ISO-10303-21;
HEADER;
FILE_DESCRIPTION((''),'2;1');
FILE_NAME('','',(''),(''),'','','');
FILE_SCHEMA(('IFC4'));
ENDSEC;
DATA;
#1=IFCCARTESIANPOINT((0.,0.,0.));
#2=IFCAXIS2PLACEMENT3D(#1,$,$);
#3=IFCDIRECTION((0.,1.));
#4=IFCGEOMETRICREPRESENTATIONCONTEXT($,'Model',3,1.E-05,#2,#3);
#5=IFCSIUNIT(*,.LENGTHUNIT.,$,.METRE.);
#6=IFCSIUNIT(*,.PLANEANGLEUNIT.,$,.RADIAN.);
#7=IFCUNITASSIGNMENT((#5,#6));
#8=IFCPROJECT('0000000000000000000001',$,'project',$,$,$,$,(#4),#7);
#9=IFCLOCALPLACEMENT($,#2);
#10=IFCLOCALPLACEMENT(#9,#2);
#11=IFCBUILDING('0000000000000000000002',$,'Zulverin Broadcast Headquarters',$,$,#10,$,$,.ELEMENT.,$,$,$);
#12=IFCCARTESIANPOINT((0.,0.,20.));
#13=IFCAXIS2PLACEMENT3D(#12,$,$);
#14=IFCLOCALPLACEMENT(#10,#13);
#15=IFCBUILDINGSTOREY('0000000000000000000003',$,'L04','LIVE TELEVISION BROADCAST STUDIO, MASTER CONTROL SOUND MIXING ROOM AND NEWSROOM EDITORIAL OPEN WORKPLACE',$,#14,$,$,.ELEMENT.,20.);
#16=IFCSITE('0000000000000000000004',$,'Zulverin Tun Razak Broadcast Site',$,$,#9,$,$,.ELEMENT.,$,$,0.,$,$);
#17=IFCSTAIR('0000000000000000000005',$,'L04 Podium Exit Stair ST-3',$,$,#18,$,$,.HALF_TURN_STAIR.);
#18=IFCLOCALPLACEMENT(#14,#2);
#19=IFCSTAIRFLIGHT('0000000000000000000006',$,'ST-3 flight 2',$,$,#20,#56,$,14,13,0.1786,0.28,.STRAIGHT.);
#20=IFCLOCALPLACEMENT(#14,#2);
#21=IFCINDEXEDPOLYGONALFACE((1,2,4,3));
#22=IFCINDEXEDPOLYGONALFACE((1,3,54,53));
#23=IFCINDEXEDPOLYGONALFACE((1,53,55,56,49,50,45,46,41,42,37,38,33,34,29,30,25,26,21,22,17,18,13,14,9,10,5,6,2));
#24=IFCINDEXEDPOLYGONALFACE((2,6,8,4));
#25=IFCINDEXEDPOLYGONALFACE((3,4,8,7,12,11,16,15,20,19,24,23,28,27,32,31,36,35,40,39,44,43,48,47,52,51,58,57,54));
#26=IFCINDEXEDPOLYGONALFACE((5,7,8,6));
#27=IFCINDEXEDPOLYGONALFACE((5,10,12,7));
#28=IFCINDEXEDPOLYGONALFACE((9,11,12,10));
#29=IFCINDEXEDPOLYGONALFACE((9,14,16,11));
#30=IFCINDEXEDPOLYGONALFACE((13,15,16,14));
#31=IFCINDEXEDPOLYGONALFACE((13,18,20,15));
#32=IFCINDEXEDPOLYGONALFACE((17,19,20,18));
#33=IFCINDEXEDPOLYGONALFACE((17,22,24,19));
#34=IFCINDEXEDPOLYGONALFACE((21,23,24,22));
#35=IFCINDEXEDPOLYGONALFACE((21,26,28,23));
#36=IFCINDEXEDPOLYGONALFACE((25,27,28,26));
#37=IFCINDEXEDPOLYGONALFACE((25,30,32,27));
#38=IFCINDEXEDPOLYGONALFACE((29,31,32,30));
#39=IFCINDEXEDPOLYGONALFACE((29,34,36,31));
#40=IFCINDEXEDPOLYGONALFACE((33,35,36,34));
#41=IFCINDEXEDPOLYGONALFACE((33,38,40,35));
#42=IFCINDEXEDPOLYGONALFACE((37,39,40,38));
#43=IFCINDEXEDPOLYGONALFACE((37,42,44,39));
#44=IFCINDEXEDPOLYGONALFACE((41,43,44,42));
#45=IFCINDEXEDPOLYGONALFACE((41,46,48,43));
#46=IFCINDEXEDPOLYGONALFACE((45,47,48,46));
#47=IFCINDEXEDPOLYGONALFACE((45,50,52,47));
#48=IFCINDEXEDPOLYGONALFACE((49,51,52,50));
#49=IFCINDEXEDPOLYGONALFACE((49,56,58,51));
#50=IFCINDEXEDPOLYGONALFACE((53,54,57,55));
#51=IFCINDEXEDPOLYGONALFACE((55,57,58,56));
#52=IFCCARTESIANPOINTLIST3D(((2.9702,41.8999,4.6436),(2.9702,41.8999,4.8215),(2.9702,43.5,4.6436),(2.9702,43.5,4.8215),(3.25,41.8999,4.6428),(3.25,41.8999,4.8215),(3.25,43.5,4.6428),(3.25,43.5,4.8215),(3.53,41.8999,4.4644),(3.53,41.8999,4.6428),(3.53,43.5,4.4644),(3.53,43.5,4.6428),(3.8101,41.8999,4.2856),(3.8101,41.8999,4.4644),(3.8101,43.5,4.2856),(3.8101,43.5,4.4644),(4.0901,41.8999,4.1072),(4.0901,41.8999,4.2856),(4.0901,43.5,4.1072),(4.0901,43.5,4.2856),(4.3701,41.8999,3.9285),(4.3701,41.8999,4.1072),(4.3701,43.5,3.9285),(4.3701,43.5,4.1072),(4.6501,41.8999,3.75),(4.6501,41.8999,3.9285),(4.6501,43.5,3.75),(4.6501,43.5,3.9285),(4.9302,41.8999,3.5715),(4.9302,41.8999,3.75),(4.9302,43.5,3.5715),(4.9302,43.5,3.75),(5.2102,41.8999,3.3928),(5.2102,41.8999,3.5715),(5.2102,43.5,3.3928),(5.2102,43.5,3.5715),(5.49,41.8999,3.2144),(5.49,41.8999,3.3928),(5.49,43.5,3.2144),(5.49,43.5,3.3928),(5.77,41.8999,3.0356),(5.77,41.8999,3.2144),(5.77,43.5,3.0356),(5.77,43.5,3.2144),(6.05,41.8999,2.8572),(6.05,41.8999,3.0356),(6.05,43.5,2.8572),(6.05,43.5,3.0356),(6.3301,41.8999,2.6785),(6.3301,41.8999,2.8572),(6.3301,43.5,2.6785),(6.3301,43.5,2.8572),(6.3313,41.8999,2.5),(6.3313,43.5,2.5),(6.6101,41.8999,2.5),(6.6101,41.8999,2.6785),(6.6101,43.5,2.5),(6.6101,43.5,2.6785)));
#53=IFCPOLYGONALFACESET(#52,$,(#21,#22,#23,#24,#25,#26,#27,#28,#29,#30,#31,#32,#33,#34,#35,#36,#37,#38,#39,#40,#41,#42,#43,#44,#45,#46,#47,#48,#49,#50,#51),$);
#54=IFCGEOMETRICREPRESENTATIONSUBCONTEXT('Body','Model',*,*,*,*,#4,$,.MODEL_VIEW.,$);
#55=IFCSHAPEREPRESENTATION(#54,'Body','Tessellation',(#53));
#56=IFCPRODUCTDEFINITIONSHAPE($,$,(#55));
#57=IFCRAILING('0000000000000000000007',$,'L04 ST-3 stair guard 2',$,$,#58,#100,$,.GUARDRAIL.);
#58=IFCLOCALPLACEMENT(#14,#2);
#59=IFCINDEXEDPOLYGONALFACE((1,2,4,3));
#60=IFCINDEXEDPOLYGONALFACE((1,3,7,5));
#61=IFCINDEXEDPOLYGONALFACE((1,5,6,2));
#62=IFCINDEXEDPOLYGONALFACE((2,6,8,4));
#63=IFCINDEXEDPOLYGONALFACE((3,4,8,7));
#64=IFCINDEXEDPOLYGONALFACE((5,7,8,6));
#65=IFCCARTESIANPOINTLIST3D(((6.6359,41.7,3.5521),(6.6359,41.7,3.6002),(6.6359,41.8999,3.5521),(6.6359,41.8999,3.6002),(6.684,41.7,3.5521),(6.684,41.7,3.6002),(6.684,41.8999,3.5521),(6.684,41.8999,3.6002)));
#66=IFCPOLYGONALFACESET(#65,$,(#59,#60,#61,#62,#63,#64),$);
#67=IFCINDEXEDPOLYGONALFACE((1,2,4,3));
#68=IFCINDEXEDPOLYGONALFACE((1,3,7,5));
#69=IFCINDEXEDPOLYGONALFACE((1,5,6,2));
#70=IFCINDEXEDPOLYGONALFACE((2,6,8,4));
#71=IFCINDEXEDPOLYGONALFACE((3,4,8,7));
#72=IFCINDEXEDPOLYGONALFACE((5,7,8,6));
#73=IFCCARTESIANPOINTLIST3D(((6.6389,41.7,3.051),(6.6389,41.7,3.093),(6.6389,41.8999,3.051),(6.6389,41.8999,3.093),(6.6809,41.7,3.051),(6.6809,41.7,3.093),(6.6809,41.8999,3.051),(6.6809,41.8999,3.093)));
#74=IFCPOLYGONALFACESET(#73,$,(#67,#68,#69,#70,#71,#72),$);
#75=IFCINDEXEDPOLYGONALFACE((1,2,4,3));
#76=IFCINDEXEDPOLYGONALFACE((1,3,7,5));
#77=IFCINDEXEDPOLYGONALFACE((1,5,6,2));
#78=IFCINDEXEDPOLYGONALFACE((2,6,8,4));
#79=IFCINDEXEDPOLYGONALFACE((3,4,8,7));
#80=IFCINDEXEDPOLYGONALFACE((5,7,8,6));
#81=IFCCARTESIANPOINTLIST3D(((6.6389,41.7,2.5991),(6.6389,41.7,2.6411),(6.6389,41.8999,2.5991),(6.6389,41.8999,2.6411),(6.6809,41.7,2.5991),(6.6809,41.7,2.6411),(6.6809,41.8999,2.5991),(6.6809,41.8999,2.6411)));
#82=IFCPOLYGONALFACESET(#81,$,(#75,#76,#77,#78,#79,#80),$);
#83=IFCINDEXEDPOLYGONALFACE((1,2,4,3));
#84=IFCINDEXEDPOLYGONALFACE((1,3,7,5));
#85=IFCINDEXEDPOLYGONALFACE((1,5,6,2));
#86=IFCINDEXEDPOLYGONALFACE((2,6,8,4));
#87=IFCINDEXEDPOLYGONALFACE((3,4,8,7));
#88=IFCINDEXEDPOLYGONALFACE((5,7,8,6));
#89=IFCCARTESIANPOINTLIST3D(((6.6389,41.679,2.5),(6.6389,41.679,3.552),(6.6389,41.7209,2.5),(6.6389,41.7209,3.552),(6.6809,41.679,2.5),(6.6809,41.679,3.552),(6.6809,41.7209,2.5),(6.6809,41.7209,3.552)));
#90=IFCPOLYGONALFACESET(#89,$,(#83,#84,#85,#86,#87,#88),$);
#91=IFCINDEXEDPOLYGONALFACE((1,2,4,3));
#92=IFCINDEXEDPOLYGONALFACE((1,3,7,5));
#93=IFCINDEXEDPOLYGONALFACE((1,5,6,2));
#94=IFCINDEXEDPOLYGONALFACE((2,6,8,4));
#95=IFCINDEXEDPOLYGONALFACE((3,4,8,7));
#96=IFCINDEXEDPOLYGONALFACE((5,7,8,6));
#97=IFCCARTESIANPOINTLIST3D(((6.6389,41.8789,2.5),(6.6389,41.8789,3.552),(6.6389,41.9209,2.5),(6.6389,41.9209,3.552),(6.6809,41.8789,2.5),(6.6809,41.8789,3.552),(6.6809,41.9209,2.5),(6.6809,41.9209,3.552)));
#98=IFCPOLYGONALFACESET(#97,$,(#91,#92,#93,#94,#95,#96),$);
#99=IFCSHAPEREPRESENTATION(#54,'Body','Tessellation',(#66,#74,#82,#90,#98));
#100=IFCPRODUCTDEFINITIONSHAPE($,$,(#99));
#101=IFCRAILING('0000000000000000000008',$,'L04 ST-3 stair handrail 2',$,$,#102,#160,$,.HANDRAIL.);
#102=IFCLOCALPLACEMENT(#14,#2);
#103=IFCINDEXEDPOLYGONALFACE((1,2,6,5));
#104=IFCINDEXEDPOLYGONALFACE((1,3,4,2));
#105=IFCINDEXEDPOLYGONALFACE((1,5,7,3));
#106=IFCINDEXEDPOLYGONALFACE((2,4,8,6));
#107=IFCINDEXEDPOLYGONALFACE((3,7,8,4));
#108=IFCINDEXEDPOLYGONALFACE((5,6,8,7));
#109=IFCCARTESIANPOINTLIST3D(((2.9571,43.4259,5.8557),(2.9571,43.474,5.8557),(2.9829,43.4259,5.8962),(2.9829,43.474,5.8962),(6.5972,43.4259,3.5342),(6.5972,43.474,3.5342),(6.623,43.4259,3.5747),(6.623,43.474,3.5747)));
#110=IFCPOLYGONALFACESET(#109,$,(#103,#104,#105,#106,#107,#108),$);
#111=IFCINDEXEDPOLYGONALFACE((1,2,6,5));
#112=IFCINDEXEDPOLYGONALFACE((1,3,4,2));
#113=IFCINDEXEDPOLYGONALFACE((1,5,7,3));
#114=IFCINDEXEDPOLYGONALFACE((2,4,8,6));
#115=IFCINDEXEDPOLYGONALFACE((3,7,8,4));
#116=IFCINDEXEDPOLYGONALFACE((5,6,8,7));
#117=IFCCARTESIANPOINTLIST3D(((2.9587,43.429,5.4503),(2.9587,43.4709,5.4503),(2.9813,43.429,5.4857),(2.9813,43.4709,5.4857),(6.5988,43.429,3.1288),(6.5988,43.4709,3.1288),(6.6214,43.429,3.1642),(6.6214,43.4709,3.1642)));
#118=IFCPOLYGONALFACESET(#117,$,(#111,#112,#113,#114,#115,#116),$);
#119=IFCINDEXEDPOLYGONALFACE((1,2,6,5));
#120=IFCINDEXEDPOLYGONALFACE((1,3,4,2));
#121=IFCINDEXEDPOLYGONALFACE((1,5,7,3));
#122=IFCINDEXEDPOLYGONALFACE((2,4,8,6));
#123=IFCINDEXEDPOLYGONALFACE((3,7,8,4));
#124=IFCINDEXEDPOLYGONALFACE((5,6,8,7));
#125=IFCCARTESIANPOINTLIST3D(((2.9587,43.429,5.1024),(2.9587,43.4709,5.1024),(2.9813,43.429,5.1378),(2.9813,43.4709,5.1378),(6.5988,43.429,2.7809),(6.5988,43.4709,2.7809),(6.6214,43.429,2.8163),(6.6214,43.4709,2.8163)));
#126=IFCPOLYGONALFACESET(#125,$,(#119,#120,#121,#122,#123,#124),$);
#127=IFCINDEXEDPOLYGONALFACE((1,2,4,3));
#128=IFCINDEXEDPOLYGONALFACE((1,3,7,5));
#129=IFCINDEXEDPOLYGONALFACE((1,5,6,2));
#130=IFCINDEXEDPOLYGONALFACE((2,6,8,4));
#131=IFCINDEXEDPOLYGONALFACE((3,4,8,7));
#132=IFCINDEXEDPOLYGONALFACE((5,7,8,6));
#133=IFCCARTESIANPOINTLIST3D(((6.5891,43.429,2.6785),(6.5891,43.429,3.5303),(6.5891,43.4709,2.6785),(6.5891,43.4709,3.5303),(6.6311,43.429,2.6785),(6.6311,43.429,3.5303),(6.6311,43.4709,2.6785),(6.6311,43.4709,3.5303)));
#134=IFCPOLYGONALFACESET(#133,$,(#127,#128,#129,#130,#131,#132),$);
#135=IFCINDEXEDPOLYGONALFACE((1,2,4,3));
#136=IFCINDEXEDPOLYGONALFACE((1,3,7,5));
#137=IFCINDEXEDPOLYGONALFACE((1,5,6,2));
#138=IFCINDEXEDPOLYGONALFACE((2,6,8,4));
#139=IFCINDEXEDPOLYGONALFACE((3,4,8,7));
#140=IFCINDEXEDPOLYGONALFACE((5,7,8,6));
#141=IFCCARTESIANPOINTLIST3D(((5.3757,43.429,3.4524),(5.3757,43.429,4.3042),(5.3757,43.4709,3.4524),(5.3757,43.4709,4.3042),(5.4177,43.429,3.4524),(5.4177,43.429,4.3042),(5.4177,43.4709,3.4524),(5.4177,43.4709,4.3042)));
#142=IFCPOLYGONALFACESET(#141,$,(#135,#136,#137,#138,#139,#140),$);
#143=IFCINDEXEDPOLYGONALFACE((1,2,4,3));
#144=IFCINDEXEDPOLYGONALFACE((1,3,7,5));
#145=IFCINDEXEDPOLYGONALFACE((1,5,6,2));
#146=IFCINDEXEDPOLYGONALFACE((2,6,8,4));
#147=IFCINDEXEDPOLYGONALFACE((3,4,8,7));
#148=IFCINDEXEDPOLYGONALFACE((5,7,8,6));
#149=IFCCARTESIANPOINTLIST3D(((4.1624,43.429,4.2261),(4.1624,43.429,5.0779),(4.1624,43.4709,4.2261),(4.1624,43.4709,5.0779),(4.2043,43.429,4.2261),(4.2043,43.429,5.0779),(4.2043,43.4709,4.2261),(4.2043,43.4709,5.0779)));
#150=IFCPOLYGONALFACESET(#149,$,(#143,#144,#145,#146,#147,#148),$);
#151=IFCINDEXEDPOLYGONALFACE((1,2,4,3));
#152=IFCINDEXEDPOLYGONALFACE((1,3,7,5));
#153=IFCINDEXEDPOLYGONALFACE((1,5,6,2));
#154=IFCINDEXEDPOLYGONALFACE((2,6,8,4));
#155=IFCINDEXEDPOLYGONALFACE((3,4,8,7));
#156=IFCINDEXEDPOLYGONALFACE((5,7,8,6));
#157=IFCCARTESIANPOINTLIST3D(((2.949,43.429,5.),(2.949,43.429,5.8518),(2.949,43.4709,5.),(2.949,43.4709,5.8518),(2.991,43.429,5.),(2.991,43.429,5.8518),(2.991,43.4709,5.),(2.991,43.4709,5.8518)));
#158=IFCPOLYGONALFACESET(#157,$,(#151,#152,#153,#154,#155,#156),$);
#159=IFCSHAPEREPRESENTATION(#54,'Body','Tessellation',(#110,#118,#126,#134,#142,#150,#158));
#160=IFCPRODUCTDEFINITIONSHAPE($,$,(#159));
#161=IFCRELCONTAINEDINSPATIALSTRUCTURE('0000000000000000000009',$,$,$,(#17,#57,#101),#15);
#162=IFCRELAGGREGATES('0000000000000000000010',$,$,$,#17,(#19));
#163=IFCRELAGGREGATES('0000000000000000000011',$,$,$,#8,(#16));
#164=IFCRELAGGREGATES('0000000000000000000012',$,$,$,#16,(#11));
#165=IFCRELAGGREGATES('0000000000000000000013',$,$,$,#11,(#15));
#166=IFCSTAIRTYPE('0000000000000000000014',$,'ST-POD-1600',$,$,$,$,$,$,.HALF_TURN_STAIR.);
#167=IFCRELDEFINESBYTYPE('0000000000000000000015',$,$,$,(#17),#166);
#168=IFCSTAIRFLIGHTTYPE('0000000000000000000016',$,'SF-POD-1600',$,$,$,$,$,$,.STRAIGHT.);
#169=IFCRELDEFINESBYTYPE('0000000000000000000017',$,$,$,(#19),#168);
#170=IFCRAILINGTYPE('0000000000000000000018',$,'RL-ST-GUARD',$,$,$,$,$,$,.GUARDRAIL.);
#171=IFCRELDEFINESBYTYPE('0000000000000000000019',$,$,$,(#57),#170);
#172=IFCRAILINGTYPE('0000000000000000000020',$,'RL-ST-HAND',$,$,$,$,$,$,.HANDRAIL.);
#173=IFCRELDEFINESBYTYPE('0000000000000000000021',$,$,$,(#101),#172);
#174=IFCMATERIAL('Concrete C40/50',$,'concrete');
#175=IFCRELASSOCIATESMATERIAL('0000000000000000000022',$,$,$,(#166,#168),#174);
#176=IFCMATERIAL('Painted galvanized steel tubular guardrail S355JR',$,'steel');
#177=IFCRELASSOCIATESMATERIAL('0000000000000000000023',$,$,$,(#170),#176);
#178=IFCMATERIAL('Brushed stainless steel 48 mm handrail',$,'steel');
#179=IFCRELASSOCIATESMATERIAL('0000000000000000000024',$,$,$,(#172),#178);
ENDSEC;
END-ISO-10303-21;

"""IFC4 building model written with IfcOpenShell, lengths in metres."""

from ifc_helpers import new_model, si_unit, direction, frame, origin, origin_2d, place, context, subcontext, project, spatial, polyline, rectangle, outline, extrude, material, type_object, element, aggregate, save


model = new_model("IFC4")

# Units and contexts
model_context = context("Model", 3, precision=1e-05, world=origin(), true_north=direction((0.0, 1.0)))
body_context = subcontext(model_context, "Body", "Model", "MODEL_VIEW")
ifc_project = project(units=[si_unit("LENGTHUNIT", "METRE"), si_unit("PLANEANGLEUNIT", "RADIAN")], contexts=[model_context])

# Site, building, storey
site_placement = place(None, origin())
site = spatial("IfcSite", under=ifc_project, at=site_placement, Name="Zulverin Tun Razak Broadcast Site", CompositionType="ELEMENT", RefElevation=0.0)
building_placement = place(site_placement, origin())
building = spatial("IfcBuilding", under=site, at=building_placement, Name="Zulverin Broadcast Headquarters", CompositionType="ELEMENT")
storey_placement = place(building_placement, frame((0.0, 0.0, 20.0)))
storey = spatial("IfcBuildingStorey", under=building, at=storey_placement, Name="L04", Description="LIVE TELEVISION BROADCAST STUDIO, MASTER CONTROL SOUND MIXING ROOM AND NEWSROOM EDITORIAL OPEN WORKPLACE", CompositionType="ELEMENT", Elevation=20.0)

# Stair, stair flight
ifc_material_1 = material(Name="Concrete C40/50", Category="concrete")
stair_type = type_object("IfcStairType", Name="ST-POD-1600", PredefinedType="HALF_TURN_STAIR", material=ifc_material_1)
stair_placement = place(storey_placement, origin())
stair = element("IfcStair", 1, at=stair_placement, inside=storey, type_object=stair_type, Name="L04 Podium Exit Stair ST-3", PredefinedType="HALF_TURN_STAIR")
stair_flight_type = type_object("IfcStairFlightType", Name="SF-POD-1600", PredefinedType="STRAIGHT", material=ifc_material_1)
stair_flight_placement = place(storey_placement, frame((6.6101, 42.7, 2.5), z_axis=(0.0, 0.0, 1.0), x_axis=(-1.0, 0.0, 0.0)))
stair_flight = element("IfcStairFlight", 2, at=stair_flight_placement, type_object=stair_flight_type, Name="ST-3 flight 2", NumberOfRisers=14, NumberOfTreads=13, PredefinedType="STRAIGHT", RiserHeight=0.1786, TreadLength=0.28, context=body_context, shape_type="SweptSolid", body=[
    extrude(outline(polyline([(0.0, 0.0), (0.0, 0.1785), (0.28, 0.1785), (0.28, 0.3572), (0.5601, 0.3572), (0.5601, 0.5356), (0.8401, 0.5356), (0.8401, 0.7144), (1.1201, 0.7144), (1.1201, 0.8928), (1.3999, 0.8928), (1.3999, 1.0715), (1.6799, 1.0715), (1.6799, 1.25), (1.96, 1.25), (1.96, 1.4285), (2.24, 1.4285), (2.24, 1.6072), (2.52, 1.6072), (2.52, 1.7856), (2.8, 1.7856), (2.8, 1.9644), (3.0801, 1.9644), (3.0801, 2.1428), (3.3601, 2.1428), (3.3601, 2.3215), (3.6399, 2.3215), (3.6399, 2.5), (3.6399, 2.1436), (0.2788, 0.0), (0.0, 0.0)])), frame((0.0, 0.8, 0.0), z_axis=(0.0, -1.0, 0.0), x_axis=(1.0, 0.0, 0.0)), (0.0, 0.0, 1.0), 1.6001),
])
aggregate(stair, [stair_flight])

# Railings
ifc_material_2 = material(Name="Painted galvanized steel tubular guardrail S355JR", Category="steel")
railing_type_1 = type_object("IfcRailingType", Name="RL-ST-GUARD", PredefinedType="GUARDRAIL", material=ifc_material_2)
railing_1_placement = place(storey_placement, frame((6.6599, 41.7, 2.5)))
element("IfcRailing", 3, at=railing_1_placement, inside=storey, type_object=railing_type_1, Name="L04 ST-3 stair guard 2", PredefinedType="GUARDRAIL", context=body_context, shape_type="SweptSolid", body=[
    extrude(rectangle(XDim=0.0481, YDim=0.0481, at=origin_2d()), frame((0.0, 0.0, 1.0762), z_axis=(0.0, 1.0, 0.0), x_axis=(-1.0, 0.0, 0.0)), (0.0, 0.0, 1.0), 0.2),
    extrude(rectangle(XDim=0.042, YDim=0.042, at=origin_2d()), frame((0.0, 0.0, 0.572), z_axis=(0.0, 1.0, 0.0), x_axis=(-1.0, 0.0, 0.0)), (0.0, 0.0, 1.0), 0.2),
    extrude(rectangle(XDim=0.042, YDim=0.042, at=origin_2d()), frame((0.0, 0.0, 0.1201), z_axis=(0.0, 1.0, 0.0), x_axis=(-1.0, 0.0, 0.0)), (0.0, 0.0, 1.0), 0.2),
    extrude(rectangle(XDim=0.042, YDim=0.042, at=origin_2d()), origin(), (0.0, 0.0, 1.0), 1.052),
    extrude(rectangle(XDim=0.042, YDim=0.042, at=origin_2d()), frame((0.0, 0.2, 0.0)), (0.0, 0.0, 1.0), 1.052),
])
ifc_material_3 = material(Name="Brushed stainless steel 48 mm handrail", Category="steel")
railing_type_2 = type_object("IfcRailingType", Name="RL-ST-HAND", PredefinedType="HANDRAIL", material=ifc_material_3)
railing_2_placement = place(storey_placement, frame((6.6101, 43.45, 2.6785)))
element("IfcRailing", 4, at=railing_2_placement, inside=storey, type_object=railing_type_2, Name="L04 ST-3 stair handrail 2", PredefinedType="HANDRAIL", context=body_context, shape_type="SweptSolid", body=[
    extrude(rectangle(XDim=0.0481, YDim=0.0481, at=origin_2d()), frame((0.0, 0.0, 0.876), z_axis=(-0.843128, 0.0, 0.537713), x_axis=(0.0, -1.0, 0.0)), (0.0, 0.0, 1.0), 4.3174),
    extrude(rectangle(XDim=0.042, YDim=0.042, at=origin_2d()), frame((0.0, 0.0, 0.468), z_axis=(-0.843128, 0.0, 0.537713), x_axis=(0.0, -1.0, 0.0)), (0.0, 0.0, 1.0), 4.3174),
    extrude(rectangle(XDim=0.042, YDim=0.042, at=origin_2d()), frame((0.0, 0.0, 0.1201), z_axis=(-0.843128, 0.0, 0.537713), x_axis=(0.0, -1.0, 0.0)), (0.0, 0.0, 1.0), 4.3174),
    extrude(rectangle(XDim=0.042, YDim=0.042, at=origin_2d()), origin(), (0.0, 0.0, 1.0), 0.8518),
    extrude(rectangle(XDim=0.042, YDim=0.042, at=origin_2d()), frame((-1.2134, 0.0, 0.7739)), (0.0, 0.0, 1.0), 0.8518),
    extrude(rectangle(XDim=0.042, YDim=0.042, at=origin_2d()), frame((-2.4268, 0.0, 1.5476)), (0.0, 0.0, 1.0), 0.8518),
    extrude(rectangle(XDim=0.042, YDim=0.042, at=origin_2d()), frame((-3.6401, 0.0, 2.3215)), (0.0, 0.0, 1.0), 0.8518),
])

save(model, "model.ifc")
